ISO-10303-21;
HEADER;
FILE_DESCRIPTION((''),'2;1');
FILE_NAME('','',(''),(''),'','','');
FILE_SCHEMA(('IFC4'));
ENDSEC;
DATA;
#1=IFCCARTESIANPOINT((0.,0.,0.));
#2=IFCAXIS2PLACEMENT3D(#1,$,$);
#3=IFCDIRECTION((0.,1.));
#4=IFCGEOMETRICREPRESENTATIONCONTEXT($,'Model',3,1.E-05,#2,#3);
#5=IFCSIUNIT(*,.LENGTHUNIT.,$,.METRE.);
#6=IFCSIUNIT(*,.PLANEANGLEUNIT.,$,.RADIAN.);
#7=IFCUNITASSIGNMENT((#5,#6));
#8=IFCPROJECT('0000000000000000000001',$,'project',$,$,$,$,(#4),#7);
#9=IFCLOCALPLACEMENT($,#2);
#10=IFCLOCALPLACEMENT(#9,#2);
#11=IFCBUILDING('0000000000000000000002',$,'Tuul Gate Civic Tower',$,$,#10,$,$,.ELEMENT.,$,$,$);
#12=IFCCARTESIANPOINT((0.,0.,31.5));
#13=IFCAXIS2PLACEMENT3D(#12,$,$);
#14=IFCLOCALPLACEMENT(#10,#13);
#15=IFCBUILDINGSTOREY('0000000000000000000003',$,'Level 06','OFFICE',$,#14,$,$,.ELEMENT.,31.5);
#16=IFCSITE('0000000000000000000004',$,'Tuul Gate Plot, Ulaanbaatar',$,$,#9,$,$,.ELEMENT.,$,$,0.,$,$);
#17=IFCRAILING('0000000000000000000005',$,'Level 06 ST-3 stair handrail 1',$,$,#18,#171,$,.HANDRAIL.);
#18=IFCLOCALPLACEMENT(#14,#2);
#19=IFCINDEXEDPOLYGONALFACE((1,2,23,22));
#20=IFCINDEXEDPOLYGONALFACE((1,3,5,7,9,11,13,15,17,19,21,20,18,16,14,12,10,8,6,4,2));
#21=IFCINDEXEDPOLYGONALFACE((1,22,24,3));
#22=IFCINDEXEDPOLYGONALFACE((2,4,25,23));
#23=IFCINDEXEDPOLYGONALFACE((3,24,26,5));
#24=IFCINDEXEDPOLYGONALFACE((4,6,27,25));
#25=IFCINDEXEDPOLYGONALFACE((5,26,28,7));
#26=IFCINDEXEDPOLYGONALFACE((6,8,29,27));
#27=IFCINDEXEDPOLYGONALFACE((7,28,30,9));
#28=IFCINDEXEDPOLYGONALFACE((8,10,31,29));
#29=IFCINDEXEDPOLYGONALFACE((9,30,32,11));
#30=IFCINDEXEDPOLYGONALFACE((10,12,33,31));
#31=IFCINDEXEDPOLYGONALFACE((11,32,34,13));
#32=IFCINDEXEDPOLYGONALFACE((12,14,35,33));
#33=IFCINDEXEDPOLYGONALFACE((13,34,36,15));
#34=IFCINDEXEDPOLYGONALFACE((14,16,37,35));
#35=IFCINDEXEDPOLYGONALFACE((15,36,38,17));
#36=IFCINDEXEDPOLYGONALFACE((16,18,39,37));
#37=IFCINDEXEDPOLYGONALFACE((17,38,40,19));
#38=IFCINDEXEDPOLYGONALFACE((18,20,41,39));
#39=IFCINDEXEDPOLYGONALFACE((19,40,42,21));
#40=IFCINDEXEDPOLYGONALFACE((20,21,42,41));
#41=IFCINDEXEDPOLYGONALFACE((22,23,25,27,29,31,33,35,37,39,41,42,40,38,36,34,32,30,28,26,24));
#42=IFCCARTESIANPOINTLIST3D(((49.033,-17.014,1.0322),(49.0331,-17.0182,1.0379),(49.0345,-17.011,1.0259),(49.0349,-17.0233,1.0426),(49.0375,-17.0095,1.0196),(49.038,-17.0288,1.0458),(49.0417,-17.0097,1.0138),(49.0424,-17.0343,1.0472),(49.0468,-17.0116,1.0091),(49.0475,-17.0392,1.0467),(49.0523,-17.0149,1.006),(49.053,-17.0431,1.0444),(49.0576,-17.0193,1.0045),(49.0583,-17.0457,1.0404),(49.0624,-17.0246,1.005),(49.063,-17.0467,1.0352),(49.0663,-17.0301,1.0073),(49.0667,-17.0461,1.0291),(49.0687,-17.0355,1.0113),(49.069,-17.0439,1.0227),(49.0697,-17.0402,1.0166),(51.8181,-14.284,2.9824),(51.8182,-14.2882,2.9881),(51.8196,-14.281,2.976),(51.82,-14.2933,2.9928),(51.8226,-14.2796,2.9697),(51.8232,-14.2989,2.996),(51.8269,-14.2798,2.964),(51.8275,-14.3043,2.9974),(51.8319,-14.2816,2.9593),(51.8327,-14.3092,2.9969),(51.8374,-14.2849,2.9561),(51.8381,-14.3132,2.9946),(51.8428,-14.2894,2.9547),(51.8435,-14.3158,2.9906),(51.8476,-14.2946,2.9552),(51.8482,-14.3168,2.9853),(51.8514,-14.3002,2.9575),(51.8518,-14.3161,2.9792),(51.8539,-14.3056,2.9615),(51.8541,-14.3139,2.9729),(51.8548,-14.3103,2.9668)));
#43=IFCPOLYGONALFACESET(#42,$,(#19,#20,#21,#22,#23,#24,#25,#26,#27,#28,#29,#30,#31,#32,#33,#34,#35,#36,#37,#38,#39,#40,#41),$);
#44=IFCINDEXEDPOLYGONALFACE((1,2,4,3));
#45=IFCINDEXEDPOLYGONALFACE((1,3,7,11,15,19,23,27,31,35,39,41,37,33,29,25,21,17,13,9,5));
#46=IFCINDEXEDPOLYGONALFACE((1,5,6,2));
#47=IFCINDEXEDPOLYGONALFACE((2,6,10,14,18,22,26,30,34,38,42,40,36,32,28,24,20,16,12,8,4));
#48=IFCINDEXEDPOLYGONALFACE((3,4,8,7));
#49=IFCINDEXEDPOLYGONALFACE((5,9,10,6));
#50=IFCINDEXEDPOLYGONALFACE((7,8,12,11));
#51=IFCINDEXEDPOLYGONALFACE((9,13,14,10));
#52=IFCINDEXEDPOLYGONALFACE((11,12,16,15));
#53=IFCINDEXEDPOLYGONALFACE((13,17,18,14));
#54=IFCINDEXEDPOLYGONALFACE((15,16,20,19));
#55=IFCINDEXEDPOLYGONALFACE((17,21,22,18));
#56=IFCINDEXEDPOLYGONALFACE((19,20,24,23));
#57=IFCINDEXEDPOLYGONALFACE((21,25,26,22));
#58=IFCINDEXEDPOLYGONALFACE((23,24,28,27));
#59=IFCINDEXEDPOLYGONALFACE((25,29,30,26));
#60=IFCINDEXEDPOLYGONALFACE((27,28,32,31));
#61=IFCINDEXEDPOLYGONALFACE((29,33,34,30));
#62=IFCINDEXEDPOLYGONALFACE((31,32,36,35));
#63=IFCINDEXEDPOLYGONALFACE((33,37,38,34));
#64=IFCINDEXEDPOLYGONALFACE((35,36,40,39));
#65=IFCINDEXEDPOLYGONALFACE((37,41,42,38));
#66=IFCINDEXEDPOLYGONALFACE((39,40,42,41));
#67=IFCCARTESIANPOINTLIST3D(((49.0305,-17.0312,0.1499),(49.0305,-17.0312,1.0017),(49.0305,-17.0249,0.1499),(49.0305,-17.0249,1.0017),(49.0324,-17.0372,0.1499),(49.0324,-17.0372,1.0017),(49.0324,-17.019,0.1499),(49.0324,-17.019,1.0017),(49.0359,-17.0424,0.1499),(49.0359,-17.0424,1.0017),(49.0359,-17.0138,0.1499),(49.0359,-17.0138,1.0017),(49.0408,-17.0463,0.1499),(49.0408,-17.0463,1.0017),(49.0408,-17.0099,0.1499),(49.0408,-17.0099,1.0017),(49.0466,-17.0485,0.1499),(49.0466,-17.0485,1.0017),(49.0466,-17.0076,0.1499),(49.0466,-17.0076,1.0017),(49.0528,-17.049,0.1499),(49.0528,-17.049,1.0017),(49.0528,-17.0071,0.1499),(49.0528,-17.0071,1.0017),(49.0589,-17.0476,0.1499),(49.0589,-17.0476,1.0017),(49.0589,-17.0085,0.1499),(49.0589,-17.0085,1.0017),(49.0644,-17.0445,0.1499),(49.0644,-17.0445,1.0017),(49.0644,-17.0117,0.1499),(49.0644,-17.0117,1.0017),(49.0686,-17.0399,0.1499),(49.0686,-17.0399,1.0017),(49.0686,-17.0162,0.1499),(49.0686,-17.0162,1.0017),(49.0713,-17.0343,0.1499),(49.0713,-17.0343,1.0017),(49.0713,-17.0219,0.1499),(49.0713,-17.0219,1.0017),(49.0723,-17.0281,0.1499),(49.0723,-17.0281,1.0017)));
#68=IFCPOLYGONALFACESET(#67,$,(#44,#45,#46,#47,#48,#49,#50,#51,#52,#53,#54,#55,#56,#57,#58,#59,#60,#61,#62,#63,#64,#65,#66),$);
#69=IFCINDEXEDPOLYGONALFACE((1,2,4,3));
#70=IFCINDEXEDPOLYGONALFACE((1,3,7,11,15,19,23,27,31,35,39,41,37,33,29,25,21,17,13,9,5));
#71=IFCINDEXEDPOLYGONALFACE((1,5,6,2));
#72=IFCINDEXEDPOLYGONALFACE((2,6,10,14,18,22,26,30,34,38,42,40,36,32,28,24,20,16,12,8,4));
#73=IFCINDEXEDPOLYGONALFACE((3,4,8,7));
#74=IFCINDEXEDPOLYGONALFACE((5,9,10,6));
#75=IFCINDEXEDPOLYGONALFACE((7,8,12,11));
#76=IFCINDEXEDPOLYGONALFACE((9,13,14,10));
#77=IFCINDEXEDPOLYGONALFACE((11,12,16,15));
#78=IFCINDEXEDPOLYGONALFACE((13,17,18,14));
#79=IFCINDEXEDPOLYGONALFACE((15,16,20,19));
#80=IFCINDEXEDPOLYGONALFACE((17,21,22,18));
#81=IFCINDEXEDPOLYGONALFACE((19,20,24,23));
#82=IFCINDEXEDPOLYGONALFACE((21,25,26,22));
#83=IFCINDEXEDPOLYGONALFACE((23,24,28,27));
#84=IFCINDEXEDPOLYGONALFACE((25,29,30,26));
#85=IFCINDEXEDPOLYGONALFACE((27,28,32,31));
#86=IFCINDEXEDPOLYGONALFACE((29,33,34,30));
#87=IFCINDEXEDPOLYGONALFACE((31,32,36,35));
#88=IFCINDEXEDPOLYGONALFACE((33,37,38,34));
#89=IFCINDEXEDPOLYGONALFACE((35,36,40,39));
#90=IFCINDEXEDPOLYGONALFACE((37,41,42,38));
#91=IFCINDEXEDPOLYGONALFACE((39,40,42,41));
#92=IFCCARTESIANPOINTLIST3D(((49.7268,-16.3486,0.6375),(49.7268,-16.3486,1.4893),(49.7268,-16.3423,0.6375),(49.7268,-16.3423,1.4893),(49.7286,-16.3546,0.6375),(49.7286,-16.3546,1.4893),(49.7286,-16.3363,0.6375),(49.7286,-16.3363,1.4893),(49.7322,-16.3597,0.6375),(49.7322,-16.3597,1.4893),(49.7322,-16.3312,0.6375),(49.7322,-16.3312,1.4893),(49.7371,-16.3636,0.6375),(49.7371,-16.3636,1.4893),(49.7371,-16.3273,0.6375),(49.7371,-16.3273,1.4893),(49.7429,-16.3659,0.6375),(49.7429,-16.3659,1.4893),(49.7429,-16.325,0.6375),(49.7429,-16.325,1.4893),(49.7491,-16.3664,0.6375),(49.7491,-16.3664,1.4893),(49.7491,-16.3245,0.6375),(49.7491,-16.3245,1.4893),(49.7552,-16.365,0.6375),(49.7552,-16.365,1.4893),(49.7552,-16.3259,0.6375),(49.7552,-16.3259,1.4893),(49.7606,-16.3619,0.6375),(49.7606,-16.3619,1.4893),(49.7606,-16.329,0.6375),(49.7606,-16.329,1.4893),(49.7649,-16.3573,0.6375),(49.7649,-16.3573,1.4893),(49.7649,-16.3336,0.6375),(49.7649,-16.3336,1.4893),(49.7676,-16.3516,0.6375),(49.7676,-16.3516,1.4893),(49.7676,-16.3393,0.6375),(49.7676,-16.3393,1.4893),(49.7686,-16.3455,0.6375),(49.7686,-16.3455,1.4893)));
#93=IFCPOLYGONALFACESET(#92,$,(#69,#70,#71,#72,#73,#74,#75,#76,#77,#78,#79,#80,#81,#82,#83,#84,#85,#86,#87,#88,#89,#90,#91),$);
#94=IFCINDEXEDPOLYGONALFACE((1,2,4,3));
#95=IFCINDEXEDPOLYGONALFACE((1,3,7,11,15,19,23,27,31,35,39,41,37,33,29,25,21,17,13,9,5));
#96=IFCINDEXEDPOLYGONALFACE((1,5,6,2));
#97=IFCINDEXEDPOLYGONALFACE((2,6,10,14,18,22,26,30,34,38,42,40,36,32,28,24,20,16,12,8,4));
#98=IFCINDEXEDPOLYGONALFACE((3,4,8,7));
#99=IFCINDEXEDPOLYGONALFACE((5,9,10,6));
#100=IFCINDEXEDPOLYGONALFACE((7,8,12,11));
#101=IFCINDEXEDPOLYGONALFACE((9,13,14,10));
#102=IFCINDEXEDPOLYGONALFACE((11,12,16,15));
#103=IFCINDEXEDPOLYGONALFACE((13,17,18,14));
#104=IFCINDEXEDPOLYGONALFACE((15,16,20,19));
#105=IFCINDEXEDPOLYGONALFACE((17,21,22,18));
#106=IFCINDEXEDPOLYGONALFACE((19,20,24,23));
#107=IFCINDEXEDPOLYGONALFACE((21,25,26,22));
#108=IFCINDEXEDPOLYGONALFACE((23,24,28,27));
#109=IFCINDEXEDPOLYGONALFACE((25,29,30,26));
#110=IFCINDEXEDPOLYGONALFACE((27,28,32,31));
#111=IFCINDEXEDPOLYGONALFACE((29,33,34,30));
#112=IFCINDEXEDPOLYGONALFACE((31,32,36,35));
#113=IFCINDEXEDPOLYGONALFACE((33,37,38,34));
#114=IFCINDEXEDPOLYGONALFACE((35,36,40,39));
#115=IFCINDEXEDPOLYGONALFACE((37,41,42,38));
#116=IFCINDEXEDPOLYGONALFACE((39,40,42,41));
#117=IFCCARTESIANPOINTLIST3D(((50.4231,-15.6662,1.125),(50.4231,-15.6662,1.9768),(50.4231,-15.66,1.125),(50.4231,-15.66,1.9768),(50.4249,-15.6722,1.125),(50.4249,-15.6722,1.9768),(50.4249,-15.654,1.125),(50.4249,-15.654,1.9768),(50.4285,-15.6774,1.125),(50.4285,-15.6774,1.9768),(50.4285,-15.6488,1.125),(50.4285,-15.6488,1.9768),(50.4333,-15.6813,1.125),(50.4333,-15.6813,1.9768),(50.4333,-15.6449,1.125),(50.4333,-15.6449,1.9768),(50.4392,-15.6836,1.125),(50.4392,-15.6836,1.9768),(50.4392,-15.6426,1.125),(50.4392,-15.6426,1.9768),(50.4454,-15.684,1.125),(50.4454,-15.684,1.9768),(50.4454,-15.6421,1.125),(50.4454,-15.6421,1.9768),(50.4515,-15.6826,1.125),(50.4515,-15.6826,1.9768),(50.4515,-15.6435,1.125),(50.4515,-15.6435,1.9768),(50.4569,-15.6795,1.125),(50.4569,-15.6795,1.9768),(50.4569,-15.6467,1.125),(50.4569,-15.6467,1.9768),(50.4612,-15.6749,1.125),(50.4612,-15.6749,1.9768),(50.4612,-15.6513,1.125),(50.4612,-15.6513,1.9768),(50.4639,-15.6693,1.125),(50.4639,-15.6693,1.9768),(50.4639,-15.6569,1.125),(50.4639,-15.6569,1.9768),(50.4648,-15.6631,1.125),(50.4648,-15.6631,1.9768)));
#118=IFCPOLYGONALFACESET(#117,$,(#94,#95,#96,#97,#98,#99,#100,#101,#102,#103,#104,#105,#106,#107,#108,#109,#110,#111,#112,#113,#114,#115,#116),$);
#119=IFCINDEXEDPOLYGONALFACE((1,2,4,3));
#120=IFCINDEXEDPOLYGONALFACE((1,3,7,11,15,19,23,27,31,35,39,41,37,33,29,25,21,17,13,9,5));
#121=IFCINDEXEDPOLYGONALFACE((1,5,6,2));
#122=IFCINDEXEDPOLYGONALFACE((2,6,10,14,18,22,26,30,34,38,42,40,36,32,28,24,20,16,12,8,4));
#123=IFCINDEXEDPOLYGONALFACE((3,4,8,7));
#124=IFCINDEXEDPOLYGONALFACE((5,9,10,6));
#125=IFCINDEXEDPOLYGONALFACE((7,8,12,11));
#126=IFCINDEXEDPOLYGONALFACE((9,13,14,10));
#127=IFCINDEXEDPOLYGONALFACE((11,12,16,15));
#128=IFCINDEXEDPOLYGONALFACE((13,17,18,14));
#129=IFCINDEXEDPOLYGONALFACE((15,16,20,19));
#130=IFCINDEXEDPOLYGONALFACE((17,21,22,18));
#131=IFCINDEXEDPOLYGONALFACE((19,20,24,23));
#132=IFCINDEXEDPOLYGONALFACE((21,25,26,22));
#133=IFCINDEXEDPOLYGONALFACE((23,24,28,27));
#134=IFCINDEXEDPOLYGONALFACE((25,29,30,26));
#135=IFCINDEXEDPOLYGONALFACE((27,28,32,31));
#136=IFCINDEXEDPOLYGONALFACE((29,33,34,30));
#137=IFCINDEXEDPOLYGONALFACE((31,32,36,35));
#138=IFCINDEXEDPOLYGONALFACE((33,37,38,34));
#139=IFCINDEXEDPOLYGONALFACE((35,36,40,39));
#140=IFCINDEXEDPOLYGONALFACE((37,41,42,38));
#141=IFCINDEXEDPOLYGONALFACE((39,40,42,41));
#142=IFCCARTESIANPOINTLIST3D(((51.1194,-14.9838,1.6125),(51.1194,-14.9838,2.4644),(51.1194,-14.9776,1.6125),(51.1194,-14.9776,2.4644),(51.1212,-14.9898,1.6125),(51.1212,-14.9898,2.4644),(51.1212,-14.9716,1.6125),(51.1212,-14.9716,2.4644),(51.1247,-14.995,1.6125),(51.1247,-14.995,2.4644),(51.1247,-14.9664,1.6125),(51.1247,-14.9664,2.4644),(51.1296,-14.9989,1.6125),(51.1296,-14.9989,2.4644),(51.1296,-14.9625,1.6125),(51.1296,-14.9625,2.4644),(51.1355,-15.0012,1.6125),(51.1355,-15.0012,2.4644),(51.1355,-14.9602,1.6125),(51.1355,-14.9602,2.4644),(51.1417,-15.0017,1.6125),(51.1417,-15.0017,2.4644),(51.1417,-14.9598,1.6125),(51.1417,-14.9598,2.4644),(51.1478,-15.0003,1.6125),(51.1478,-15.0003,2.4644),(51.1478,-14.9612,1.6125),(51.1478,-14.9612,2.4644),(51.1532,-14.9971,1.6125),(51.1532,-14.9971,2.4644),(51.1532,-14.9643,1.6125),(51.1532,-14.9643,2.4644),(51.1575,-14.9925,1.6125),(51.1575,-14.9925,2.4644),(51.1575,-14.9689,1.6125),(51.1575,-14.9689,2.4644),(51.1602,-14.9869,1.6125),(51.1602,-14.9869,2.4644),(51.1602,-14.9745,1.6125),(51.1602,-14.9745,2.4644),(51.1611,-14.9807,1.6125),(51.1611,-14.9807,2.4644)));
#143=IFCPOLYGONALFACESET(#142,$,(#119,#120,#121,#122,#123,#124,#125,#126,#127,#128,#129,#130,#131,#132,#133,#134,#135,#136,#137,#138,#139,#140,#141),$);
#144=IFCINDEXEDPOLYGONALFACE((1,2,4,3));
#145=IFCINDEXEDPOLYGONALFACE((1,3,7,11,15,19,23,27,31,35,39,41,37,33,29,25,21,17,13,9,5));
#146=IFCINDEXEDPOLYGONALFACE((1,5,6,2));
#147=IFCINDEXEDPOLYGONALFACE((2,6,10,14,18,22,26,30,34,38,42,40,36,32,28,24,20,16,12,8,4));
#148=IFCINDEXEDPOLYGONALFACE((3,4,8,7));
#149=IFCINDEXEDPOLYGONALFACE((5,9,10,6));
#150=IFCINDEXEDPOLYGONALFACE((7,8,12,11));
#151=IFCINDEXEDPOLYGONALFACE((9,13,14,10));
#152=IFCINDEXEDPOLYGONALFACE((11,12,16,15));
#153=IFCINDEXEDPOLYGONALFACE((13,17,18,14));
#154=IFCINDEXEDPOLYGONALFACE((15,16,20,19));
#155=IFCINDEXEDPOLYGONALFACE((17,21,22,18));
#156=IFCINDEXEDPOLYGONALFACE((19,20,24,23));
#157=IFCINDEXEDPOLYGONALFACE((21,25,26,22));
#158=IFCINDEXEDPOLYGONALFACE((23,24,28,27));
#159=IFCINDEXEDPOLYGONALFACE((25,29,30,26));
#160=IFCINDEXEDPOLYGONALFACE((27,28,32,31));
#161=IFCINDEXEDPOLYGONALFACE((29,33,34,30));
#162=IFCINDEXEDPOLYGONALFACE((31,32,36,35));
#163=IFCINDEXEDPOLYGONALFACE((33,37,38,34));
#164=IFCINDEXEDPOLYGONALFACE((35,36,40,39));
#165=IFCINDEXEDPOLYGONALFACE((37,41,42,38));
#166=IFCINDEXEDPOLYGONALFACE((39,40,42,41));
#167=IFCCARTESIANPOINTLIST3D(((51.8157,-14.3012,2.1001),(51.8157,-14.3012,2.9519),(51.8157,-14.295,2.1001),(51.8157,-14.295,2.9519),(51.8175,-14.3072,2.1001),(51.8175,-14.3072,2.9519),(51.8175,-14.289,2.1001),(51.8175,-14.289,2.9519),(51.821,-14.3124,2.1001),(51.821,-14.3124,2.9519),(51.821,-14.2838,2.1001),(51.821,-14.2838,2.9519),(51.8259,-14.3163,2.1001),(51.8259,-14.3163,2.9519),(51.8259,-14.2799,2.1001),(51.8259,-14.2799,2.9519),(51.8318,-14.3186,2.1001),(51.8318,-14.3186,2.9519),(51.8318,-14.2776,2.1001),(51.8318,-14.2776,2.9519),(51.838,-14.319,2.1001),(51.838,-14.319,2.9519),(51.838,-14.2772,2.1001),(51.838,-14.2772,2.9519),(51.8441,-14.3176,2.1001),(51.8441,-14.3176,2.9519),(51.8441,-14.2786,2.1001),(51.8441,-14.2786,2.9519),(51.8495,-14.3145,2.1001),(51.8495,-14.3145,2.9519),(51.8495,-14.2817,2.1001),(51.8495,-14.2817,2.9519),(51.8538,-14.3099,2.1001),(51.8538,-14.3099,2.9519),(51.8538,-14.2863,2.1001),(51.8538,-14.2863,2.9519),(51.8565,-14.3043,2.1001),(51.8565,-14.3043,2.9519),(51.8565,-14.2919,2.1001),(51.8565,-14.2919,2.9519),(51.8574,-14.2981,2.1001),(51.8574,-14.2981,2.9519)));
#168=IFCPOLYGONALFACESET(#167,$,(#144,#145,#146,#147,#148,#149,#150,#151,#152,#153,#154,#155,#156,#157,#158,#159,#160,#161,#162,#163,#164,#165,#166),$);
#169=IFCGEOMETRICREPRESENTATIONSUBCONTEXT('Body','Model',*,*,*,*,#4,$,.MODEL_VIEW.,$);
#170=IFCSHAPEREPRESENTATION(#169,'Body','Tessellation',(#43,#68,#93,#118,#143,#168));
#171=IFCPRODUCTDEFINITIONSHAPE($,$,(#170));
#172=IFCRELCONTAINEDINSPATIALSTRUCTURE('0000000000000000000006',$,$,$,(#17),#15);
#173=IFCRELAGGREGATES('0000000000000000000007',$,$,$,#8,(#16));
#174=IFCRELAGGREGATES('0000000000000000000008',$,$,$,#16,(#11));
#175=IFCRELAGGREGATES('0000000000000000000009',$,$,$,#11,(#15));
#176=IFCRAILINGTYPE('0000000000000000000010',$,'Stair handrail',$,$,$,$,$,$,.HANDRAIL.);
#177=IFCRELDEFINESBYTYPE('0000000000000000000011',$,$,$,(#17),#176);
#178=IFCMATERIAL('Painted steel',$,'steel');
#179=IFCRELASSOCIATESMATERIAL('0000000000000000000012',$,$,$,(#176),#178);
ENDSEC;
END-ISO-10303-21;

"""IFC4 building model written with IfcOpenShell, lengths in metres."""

from ifc_helpers import new_model, si_unit, direction, frame, origin, origin_2d, place, context, subcontext, project, spatial, circle, extrude, material, type_object, element, save


model = new_model("IFC4")

# Units and contexts
model_context = context("Model", 3, precision=1e-05, world=origin(), true_north=direction((0.0, 1.0)))
body_context = subcontext(model_context, "Body", "Model", "MODEL_VIEW")
ifc_project = project(units=[si_unit("LENGTHUNIT", "METRE"), si_unit("PLANEANGLEUNIT", "RADIAN")], contexts=[model_context])

# Site, building, storey
site_placement = place(None, origin())
site = spatial("IfcSite", under=ifc_project, at=site_placement, Name="Tuul Gate Plot, Ulaanbaatar", CompositionType="ELEMENT", RefElevation=0.0)
building_placement = place(site_placement, origin())
building = spatial("IfcBuilding", under=site, at=building_placement, Name="Tuul Gate Civic Tower", CompositionType="ELEMENT")
storey_placement = place(building_placement, frame((0.0, 0.0, 31.5)))
storey = spatial("IfcBuildingStorey", under=building, at=storey_placement, Name="Level 06", Description="OFFICE", CompositionType="ELEMENT", Elevation=31.5)

# Railing
ifc_material_1 = material(Name="Painted steel", Category="steel")
railing_type = type_object("IfcRailingType", Name="Stair handrail", PredefinedType="HANDRAIL", material=ifc_material_1)
railing_1_placement = place(storey_placement, frame((49.0513, -17.0281, 0.1499)))
element("IfcRailing", 1, at=railing_1_placement, inside=storey, type_object=railing_type, Name="Level 06 ST-3 stair handrail 1", PredefinedType="HANDRAIL", context=body_context, shape_type="SweptSolid", body=[
    extrude(circle(Radius=0.0239, at=origin_2d()), frame((0.0, 0.0, 0.876), z_axis=(0.638738, 0.626084, 0.447251), x_axis=(-0.699998, 0.714145, 0.0)), (0.0, 0.0, 1.0), 4.3604),
    extrude(circle(Radius=0.021, at=origin_2d()), origin(), (0.0, 0.0, 1.0), 0.8518),
    extrude(circle(Radius=0.021, at=origin_2d()), frame((0.6963, 0.6826, 0.4875)), (0.0, 0.0, 1.0), 0.8518),
    extrude(circle(Radius=0.021, at=origin_2d()), frame((1.3926, 1.365, 0.9751)), (0.0, 0.0, 1.0), 0.8518),
    extrude(circle(Radius=0.021, at=origin_2d()), frame((2.0889, 2.0474, 1.4626)), (0.0, 0.0, 1.0), 0.8518),
    extrude(circle(Radius=0.021, at=origin_2d()), frame((2.7852, 2.73, 1.9502)), (0.0, 0.0, 1.0), 0.8518),
])

save(model, "model.ifc")
